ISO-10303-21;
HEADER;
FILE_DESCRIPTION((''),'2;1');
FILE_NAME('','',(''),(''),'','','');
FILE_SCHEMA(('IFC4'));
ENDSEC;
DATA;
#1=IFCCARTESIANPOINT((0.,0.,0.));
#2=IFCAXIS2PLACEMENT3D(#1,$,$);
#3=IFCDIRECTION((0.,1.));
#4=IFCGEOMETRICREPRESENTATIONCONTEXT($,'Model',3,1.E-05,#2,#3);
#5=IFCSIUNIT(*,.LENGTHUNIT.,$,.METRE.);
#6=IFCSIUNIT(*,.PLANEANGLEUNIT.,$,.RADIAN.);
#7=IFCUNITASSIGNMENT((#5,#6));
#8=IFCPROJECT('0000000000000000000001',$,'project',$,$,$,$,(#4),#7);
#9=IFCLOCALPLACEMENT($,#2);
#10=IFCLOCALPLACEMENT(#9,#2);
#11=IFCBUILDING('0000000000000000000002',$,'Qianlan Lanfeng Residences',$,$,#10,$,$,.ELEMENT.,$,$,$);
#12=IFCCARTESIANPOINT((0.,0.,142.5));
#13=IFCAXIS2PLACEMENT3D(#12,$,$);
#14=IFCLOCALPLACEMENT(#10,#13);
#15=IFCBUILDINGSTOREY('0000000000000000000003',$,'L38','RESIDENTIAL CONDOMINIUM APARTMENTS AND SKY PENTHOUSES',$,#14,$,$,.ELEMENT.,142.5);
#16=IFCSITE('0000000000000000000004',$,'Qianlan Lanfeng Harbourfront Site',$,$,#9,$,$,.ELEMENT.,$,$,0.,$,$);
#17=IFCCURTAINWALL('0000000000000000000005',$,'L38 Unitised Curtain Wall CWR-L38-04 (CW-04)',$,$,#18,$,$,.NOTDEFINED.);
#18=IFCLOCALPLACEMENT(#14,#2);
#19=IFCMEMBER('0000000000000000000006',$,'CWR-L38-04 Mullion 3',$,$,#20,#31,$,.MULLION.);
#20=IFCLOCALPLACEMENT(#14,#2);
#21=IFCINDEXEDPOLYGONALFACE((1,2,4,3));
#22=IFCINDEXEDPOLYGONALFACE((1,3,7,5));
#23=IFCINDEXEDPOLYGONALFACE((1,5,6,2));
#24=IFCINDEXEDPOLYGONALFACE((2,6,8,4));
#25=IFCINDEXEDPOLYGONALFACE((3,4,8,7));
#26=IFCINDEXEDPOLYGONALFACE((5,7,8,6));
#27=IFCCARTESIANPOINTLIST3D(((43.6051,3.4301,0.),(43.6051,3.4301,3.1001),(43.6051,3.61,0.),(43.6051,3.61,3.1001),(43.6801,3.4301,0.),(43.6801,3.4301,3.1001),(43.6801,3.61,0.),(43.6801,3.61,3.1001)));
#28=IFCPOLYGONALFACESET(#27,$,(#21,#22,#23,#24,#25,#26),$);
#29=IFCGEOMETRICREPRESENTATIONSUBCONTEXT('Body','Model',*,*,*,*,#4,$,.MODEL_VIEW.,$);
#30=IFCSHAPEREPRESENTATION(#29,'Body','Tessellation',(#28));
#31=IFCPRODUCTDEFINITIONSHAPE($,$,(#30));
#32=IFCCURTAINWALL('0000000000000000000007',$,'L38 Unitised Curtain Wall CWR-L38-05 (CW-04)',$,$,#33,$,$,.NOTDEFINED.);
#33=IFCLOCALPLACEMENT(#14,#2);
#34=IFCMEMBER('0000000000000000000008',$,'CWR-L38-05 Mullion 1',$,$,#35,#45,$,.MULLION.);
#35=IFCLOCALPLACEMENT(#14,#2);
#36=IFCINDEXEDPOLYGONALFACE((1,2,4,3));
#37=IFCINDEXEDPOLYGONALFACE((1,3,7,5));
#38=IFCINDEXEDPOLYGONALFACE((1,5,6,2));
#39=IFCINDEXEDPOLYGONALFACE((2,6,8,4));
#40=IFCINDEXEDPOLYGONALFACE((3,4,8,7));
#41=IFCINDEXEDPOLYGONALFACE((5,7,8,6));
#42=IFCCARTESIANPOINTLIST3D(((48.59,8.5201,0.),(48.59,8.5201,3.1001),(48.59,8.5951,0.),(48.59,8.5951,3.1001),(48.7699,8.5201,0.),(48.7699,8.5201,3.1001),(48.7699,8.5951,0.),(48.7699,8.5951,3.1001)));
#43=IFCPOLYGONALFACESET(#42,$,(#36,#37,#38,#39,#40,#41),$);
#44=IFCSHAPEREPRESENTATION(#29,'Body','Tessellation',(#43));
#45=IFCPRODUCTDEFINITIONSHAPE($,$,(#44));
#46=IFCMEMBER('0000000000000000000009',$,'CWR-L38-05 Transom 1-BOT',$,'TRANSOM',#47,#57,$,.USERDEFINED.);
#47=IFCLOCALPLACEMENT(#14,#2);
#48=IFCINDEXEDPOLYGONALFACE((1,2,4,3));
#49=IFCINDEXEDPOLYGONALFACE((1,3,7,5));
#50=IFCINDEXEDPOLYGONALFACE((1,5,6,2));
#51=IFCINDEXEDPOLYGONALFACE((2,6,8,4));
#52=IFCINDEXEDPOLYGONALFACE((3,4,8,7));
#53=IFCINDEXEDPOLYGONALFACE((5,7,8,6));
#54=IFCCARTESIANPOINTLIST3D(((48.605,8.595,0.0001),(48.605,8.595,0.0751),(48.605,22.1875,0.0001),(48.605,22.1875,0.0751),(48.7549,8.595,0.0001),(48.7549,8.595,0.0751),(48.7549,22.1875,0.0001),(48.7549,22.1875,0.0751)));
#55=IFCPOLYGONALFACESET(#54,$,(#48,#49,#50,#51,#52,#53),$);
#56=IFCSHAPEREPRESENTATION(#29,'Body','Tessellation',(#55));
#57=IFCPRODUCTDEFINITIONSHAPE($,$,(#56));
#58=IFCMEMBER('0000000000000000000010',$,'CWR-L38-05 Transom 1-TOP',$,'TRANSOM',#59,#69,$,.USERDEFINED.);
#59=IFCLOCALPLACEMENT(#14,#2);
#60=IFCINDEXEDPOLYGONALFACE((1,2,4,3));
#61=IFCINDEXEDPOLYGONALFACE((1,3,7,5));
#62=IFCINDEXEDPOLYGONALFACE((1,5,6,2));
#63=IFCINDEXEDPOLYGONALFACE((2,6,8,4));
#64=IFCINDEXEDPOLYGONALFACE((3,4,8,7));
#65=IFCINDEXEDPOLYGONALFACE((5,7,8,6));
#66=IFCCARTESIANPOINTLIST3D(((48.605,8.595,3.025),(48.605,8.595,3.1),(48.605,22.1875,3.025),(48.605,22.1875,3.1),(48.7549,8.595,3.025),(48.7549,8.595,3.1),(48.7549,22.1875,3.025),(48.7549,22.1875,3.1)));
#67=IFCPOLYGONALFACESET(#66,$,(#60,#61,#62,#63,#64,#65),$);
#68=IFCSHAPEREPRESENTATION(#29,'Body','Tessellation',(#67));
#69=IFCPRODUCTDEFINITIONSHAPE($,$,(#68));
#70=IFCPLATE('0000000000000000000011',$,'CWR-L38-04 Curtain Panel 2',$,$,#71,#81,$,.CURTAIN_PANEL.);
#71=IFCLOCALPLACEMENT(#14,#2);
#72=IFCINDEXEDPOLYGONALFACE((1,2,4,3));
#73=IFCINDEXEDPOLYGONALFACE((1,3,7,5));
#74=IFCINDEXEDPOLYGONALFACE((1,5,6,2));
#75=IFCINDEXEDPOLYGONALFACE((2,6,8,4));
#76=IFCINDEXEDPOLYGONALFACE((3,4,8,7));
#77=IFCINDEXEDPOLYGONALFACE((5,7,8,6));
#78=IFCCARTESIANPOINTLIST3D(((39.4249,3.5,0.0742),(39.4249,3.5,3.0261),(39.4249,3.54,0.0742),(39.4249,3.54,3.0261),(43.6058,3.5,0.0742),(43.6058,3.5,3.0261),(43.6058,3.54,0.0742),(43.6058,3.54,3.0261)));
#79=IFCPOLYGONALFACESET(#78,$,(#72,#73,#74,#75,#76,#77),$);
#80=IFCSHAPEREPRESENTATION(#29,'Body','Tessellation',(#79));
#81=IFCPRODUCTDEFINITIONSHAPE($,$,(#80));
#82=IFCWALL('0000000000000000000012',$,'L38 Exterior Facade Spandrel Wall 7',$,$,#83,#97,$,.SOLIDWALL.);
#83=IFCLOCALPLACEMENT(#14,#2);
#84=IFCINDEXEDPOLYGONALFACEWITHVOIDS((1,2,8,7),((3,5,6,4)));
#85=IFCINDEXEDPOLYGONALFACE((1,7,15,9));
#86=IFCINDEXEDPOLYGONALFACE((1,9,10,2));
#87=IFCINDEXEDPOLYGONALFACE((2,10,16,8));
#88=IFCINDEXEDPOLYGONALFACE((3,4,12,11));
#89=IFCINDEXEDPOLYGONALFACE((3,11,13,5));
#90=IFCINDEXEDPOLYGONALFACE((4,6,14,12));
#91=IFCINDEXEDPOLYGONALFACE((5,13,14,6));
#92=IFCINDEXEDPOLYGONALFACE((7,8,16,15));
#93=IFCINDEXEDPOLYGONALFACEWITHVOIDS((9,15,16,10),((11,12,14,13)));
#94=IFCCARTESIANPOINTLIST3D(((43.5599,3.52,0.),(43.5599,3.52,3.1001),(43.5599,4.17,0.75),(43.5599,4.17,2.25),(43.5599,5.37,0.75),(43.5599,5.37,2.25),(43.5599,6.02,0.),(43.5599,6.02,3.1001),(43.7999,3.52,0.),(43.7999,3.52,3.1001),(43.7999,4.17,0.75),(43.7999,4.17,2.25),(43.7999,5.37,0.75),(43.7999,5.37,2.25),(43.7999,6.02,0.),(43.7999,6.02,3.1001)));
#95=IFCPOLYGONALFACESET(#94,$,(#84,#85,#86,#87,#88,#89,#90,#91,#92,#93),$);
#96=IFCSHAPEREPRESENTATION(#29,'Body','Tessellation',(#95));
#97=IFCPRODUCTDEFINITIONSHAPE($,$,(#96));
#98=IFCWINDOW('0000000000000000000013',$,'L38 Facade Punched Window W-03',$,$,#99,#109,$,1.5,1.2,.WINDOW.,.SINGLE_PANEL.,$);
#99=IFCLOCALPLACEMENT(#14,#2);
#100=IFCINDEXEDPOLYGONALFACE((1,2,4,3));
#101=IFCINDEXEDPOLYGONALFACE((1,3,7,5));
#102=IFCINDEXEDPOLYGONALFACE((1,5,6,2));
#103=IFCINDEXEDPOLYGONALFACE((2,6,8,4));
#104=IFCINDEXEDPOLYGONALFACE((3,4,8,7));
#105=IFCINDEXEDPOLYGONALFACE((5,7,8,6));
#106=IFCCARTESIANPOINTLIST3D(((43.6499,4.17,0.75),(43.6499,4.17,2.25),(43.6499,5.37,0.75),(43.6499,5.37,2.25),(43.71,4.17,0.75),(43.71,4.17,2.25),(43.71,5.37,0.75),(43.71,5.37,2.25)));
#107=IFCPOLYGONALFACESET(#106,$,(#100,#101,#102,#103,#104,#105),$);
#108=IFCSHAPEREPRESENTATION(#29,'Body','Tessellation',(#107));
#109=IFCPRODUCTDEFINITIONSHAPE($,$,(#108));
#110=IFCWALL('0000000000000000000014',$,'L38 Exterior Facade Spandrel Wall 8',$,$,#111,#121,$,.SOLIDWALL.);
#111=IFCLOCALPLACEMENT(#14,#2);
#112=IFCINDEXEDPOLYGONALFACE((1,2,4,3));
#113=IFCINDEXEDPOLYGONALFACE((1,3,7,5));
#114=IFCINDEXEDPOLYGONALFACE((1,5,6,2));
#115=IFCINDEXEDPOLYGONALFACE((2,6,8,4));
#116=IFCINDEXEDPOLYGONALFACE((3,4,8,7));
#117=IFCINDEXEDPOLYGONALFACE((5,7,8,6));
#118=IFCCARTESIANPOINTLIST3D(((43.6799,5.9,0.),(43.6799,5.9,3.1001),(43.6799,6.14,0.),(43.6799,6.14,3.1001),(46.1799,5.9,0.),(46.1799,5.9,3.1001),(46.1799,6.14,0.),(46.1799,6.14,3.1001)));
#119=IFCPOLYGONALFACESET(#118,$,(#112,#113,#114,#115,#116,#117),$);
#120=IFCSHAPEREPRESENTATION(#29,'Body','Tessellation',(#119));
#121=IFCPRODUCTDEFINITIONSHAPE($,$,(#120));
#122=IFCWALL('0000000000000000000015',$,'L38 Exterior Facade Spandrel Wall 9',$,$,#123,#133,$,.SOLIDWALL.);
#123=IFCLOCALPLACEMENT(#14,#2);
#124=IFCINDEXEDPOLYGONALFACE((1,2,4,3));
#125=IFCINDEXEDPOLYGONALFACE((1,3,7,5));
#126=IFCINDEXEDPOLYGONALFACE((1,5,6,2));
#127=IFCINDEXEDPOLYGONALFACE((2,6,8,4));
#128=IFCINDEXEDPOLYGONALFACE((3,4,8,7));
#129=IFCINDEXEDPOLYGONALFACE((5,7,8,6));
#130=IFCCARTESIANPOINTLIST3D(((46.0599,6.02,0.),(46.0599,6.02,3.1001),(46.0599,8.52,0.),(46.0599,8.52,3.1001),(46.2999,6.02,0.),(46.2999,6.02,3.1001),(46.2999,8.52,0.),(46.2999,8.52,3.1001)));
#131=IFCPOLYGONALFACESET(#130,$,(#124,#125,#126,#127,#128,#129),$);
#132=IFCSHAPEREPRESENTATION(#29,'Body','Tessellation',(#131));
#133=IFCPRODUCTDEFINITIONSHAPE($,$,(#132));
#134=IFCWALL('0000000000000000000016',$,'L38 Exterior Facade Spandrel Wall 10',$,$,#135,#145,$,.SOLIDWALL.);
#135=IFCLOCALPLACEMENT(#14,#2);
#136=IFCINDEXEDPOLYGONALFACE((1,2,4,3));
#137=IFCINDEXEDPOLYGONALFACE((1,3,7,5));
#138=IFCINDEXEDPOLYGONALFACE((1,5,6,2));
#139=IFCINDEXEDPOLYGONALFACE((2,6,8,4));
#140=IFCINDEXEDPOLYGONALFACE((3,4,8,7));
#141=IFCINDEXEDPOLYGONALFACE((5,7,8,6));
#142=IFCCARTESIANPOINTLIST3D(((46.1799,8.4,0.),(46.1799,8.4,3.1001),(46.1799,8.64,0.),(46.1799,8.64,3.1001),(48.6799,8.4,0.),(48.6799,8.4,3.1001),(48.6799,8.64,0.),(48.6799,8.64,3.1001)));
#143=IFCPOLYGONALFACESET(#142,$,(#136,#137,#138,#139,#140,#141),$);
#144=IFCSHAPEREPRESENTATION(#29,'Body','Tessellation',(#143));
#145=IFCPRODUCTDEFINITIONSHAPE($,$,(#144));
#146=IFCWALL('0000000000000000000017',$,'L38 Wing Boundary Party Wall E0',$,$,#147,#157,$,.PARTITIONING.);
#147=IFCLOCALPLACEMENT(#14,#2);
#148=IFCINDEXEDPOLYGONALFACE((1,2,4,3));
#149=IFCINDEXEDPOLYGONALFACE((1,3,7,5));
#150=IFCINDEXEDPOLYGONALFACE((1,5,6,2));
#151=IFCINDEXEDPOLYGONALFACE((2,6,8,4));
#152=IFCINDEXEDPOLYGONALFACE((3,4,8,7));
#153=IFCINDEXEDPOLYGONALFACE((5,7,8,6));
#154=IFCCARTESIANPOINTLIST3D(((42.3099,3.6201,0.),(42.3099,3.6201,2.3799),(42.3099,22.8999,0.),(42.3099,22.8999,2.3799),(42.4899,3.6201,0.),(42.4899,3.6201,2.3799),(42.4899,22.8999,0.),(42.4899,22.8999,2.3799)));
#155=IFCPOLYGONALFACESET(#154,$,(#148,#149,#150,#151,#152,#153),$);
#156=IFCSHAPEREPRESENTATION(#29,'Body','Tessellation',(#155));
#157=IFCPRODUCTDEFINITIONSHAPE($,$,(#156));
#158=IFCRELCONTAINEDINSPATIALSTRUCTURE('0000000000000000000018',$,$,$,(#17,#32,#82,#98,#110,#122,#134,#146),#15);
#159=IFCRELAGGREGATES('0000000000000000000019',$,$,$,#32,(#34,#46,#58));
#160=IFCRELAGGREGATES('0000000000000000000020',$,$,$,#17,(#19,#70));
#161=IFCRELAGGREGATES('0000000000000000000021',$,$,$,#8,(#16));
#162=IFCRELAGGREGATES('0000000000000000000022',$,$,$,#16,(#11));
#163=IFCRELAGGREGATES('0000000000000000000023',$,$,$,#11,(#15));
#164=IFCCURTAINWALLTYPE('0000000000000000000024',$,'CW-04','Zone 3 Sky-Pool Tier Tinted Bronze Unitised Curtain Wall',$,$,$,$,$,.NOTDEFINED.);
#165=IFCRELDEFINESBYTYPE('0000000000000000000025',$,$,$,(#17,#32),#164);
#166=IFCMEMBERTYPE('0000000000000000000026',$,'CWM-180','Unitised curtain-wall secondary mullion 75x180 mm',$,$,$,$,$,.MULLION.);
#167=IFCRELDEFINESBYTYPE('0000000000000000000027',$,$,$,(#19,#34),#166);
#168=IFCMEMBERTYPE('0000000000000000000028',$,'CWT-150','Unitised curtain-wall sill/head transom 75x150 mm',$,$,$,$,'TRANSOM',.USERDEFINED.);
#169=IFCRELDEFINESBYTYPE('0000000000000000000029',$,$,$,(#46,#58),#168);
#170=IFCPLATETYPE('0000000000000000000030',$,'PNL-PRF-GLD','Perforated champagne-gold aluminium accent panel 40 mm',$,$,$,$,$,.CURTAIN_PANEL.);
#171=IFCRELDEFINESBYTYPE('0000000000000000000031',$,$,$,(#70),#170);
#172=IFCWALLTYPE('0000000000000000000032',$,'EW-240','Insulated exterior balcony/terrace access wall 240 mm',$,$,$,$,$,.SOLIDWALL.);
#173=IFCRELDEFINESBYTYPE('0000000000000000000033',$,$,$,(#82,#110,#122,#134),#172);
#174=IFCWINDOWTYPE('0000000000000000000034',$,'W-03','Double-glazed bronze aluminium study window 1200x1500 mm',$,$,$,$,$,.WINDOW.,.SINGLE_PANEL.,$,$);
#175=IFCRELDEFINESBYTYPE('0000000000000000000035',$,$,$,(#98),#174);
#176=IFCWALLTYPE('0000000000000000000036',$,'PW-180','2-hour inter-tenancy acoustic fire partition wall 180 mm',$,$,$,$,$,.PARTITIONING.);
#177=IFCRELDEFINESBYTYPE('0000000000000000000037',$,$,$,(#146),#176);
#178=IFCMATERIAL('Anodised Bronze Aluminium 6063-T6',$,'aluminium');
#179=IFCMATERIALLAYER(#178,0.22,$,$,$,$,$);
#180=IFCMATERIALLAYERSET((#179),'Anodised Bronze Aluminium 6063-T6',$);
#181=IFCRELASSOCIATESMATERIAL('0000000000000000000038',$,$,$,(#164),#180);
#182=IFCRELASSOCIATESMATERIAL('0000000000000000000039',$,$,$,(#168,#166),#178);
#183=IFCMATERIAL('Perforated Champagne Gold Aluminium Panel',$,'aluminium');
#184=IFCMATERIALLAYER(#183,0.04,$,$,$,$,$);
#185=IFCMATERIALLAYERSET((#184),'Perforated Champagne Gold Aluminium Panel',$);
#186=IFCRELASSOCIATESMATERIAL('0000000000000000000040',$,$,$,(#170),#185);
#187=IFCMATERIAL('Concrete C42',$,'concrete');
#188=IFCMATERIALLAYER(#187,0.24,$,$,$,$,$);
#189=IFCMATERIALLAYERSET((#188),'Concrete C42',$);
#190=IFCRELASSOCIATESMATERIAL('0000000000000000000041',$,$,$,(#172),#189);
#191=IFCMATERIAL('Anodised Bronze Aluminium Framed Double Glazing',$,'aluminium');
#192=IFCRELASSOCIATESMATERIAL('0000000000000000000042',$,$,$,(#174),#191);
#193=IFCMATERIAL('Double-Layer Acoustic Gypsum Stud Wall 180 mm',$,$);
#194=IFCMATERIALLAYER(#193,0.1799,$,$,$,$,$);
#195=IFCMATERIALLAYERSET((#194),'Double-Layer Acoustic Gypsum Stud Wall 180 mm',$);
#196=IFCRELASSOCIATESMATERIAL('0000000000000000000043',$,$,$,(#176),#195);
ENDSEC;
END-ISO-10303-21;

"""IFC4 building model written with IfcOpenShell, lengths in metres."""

from ifc_helpers import new_model, si_unit, direction, frame, frame_2d, origin, origin_2d, place, context, subcontext, project, spatial, rectangle, extrude, source, transform, mapped, material, layer, layer_set, material_profile, profile_set, type_object, element, fill, aggregate, save


model = new_model("IFC4")

# Units and contexts
model_context = context("Model", 3, precision=1e-05, world=origin(), true_north=direction((0.0, 1.0)))
body_context = subcontext(model_context, "Body", "Model", "MODEL_VIEW")
ifc_project = project(units=[si_unit("LENGTHUNIT", "METRE"), si_unit("PLANEANGLEUNIT", "RADIAN")], contexts=[model_context])

# Site, building, storey
site_placement = place(None, origin())
site = spatial("IfcSite", under=ifc_project, at=site_placement, Name="Qianlan Lanfeng Harbourfront Site", CompositionType="ELEMENT", RefElevation=0.0)
building_placement = place(site_placement, origin())
building = spatial("IfcBuilding", under=site, at=building_placement, Name="Qianlan Lanfeng Residences", CompositionType="ELEMENT")
storey_placement = place(building_placement, frame((0.0, 0.0, 142.5)))
storey = spatial("IfcBuildingStorey", under=building, at=storey_placement, Name="L38", Description="RESIDENTIAL CONDOMINIUM APARTMENTS AND SKY PENTHOUSES", CompositionType="ELEMENT", Elevation=142.5)

# Curtain walls, members
ifc_material_1 = material(Name="Anodised Bronze Aluminium 6063-T6", Category="aluminium")
ifc_layer_1 = layer(ifc_material_1, 0.22)
ifc_layer_set_1 = layer_set([ifc_layer_1], Name="Anodised Bronze Aluminium 6063-T6")
curtain_wall_type = type_object("IfcCurtainWallType", Name="CW-04", Description="Zone 3 Sky-Pool Tier Tinted Bronze Unitised Curtain Wall", PredefinedType="NOTDEFINED", material=ifc_layer_set_1)
curtain_wall_1_placement = place(storey_placement, origin())
curtain_wall_1 = element("IfcCurtainWall", 1, at=curtain_wall_1_placement, inside=storey, type_object=curtain_wall_type, Name="L38 Unitised Curtain Wall CWR-L38-04 (CW-04)", PredefinedType="NOTDEFINED")
ifc_material_profile_1 = material_profile(ifc_material_1, rectangle(XDim=0.075, YDim=0.1499, at=origin_2d()), Name="ALU TRANSOM 75x150")
ifc_profile_set_1 = profile_set([ifc_material_profile_1], Name="Anodised Bronze Aluminium 6063-T6")
member_type_1 = type_object("IfcMemberType", Name="CWT-150", Description="Unitised curtain-wall sill/head transom 75x150 mm", ElementType="TRANSOM", PredefinedType="USERDEFINED", material=ifc_profile_set_1)
ifc_material_profile_2 = material_profile(ifc_material_1, rectangle(XDim=0.075, YDim=0.1799, at=origin_2d()), Name="ALU MULLION 75x180")
ifc_profile_set_2 = profile_set([ifc_material_profile_2], Name="Anodised Bronze Aluminium 6063-T6")
member_type_2 = type_object("IfcMemberType", Name="CWM-180", Description="Unitised curtain-wall secondary mullion 75x180 mm", PredefinedType="MULLION", material=ifc_profile_set_2)
shared_shape_1 = source(origin(), body_context, "Body", "SweptSolid", [
    extrude(rectangle(XDim=0.075, YDim=0.1799, at=origin_2d()), origin(), (0.0, 0.0, 1.0), 3.1001),
])
member_1_placement = place(storey_placement, frame((43.6426, 3.52, 0.0), z_axis=(0.0, 0.0, 1.0), x_axis=(1.0, 0.0, 0.0)))
member_1 = element("IfcMember", 2, at=member_1_placement, type_object=member_type_2, Name="CWR-L38-04 Mullion 3", PredefinedType="MULLION", context=body_context, shape_type="MappedRepresentation", body=[
    mapped(shared_shape_1, transform((0.0, 0.0, 0.0), scale=1.0)),
])
curtain_wall_2_placement = place(storey_placement, origin())
curtain_wall_2 = element("IfcCurtainWall", 3, at=curtain_wall_2_placement, inside=storey, type_object=curtain_wall_type, Name="L38 Unitised Curtain Wall CWR-L38-05 (CW-04)", PredefinedType="NOTDEFINED")
member_2_placement = place(storey_placement, frame((48.6799, 8.5576, 0.0), z_axis=(0.0, 0.0, 1.0), x_axis=(0.0, 1.0, 0.0)))
member_2 = element("IfcMember", 4, at=member_2_placement, type_object=member_type_2, Name="CWR-L38-05 Mullion 1", PredefinedType="MULLION", context=body_context, shape_type="MappedRepresentation", body=[
    mapped(shared_shape_1, transform((0.0, 0.0, 0.0), scale=1.0)),
])
shared_shape_2 = source(origin(), body_context, "Body", "SweptSolid", [
    extrude(rectangle(XDim=0.075, YDim=0.1499, at=origin_2d()), origin(), (0.0, 0.0, 1.0), 13.5925),
])
member_3_placement = place(storey_placement, frame((48.6799, 8.595, 0.0376), z_axis=(0.0, 1.0, 0.0), x_axis=(0.0, 0.0, 1.0)))
member_3 = element("IfcMember", 5, at=member_3_placement, type_object=member_type_1, Name="CWR-L38-05 Transom 1-BOT", ObjectType="TRANSOM", PredefinedType="USERDEFINED", context=body_context, shape_type="MappedRepresentation", body=[
    mapped(shared_shape_2, transform((0.0, 0.0, 0.0), scale=1.0)),
])
member_4_placement = place(storey_placement, frame((48.6799, 8.595, 3.0625), z_axis=(0.0, 1.0, 0.0), x_axis=(0.0, 0.0, 1.0)))
member_4 = element("IfcMember", 6, at=member_4_placement, type_object=member_type_1, Name="CWR-L38-05 Transom 1-TOP", ObjectType="TRANSOM", PredefinedType="USERDEFINED", context=body_context, shape_type="MappedRepresentation", body=[
    mapped(shared_shape_2, transform((0.0, 0.0, 0.0), scale=1.0)),
])
aggregate(curtain_wall_2, [member_2, member_3, member_4])

# Plate
ifc_material_2 = material(Name="Perforated Champagne Gold Aluminium Panel", Category="aluminium")
ifc_layer_2 = layer(ifc_material_2, 0.04)
ifc_layer_set_2 = layer_set([ifc_layer_2], Name="Perforated Champagne Gold Aluminium Panel")
plate_type = type_object("IfcPlateType", Name="PNL-PRF-GLD", Description="Perforated champagne-gold aluminium accent panel 40 mm", PredefinedType="CURTAIN_PANEL", material=ifc_layer_set_2)
shared_shape_3 = source(origin(), body_context, "Body", "SweptSolid", [
    extrude(rectangle(XDim=4.1809, YDim=0.04, at=origin_2d()), origin(), (0.0, 0.0, 1.0), 2.9519),
])
plate_placement = place(storey_placement, frame((41.5154, 3.52, 0.0742), z_axis=(0.0, 0.0, 1.0), x_axis=(1.0, 0.0, 0.0)))
plate = element("IfcPlate", 7, at=plate_placement, type_object=plate_type, Name="CWR-L38-04 Curtain Panel 2", PredefinedType="CURTAIN_PANEL", context=body_context, shape_type="MappedRepresentation", body=[
    mapped(shared_shape_3, transform((0.0, 0.0, 0.0), scale=1.0)),
])
aggregate(curtain_wall_1, [member_1, plate])

# Wall, opening, window
ifc_material_3 = material(Name="Concrete C42", Category="concrete")
ifc_layer_3 = layer(ifc_material_3, 0.24)
ifc_layer_set_3 = layer_set([ifc_layer_3], Name="Concrete C42")
wall_type_1 = type_object("IfcWallType", Name="EW-240", Description="Insulated exterior balcony/terrace access wall 240 mm", PredefinedType="SOLIDWALL", material=ifc_layer_set_3)
wall_1_placement = place(storey_placement, frame((43.6799, 3.52, 0.0), z_axis=(0.0, 0.0, 1.0), x_axis=(0.0, 1.0, 0.0)))
wall_1 = element("IfcWall", 8, at=wall_1_placement, inside=storey, type_object=wall_type_1, Name="L38 Exterior Facade Spandrel Wall 7", PredefinedType="SOLIDWALL", context=body_context, shape_type="SweptSolid", body=[
    extrude(rectangle(XDim=2.5, YDim=0.24, at=frame_2d((1.25, 0.0))), origin(), (0.0, 0.0, 1.0), 3.1001),
])
opening_placement = place(wall_1_placement, frame((0.6499, 0.0, 0.75)))
opening = element("IfcOpeningElement", 9, at=opening_placement, cuts=wall_1, PredefinedType="OPENING", context=body_context, shape_type="SweptSolid", body=[
    extrude(rectangle(XDim=1.2, YDim=1.5, at=frame_2d((0.6001, 0.75))), frame((0.0, 0.1299, 0.0), z_axis=(0.0, -1.0, 0.0), x_axis=(1.0, 0.0, 0.0)), (0.0, 0.0, 1.0), 0.26),
])
ifc_material_4 = material(Name="Anodised Bronze Aluminium Framed Double Glazing", Category="aluminium")
window_type = type_object("IfcWindowType", Name="W-03", Description="Double-glazed bronze aluminium study window 1200x1500 mm", PartitioningType="SINGLE_PANEL", PredefinedType="WINDOW", material=ifc_material_4)
window_placement = place(opening_placement, origin())
window = element("IfcWindow", 10, at=window_placement, inside=storey, type_object=window_type, Name="L38 Facade Punched Window W-03", OverallHeight=1.5, OverallWidth=1.2, PartitioningType="SINGLE_PANEL", PredefinedType="WINDOW", context=body_context, shape_type="SweptSolid", body=[
    extrude(rectangle(XDim=1.2, YDim=1.5, at=frame_2d((0.6001, 0.75))), frame((0.0, 0.03, 0.0), z_axis=(0.0, -1.0, 0.0), x_axis=(1.0, 0.0, 0.0)), (0.0, 0.0, 1.0), 0.0601),
])
fill(opening, window)

# Walls
for number, where, z_axis, x_axis, name in (
    (11, (43.6799, 6.02, 0.0), (0.0, 0.0, 1.0), (1.0, 0.0, 0.0), "L38 Exterior Facade Spandrel Wall 8"),
    (12, (46.1799, 6.02, 0.0), (0.0, 0.0, 1.0), (0.0, 1.0, 0.0), "L38 Exterior Facade Spandrel Wall 9"),
    (13, (46.1799, 8.52, 0.0), (0.0, 0.0, 1.0), (1.0, 0.0, 0.0), "L38 Exterior Facade Spandrel Wall 10"),
):
    element("IfcWall", number, at=place(storey_placement, frame(where, z_axis=z_axis, x_axis=x_axis)), inside=storey, type_object=wall_type_1, Name=name, PredefinedType="SOLIDWALL", context=body_context, shape_type="SweptSolid", body=[
        extrude(rectangle(XDim=2.5, YDim=0.24, at=frame_2d((1.25, 0.0))), origin(), (0.0, 0.0, 1.0), 3.1001),
    ])
ifc_material_5 = material(Name="Double-Layer Acoustic Gypsum Stud Wall 180 mm")
ifc_layer_4 = layer(ifc_material_5, 0.1799)
ifc_layer_set_4 = layer_set([ifc_layer_4], Name="Double-Layer Acoustic Gypsum Stud Wall 180 mm")
wall_type_2 = type_object("IfcWallType", Name="PW-180", Description="2-hour inter-tenancy acoustic fire partition wall 180 mm", PredefinedType="PARTITIONING", material=ifc_layer_set_4)
wall_2_placement = place(storey_placement, frame((42.3999, 3.6201, 0.0), z_axis=(0.0, 0.0, 1.0), x_axis=(0.0, 1.0, 0.0)))
element("IfcWall", 14, at=wall_2_placement, inside=storey, type_object=wall_type_2, Name="L38 Wing Boundary Party Wall E0", PredefinedType="PARTITIONING", context=body_context, shape_type="SweptSolid", body=[
    extrude(rectangle(XDim=19.2798, YDim=0.1799, at=frame_2d((9.6399, 0.0))), origin(), (0.0, 0.0, 1.0), 2.3799),
])

save(model, "model.ifc")
